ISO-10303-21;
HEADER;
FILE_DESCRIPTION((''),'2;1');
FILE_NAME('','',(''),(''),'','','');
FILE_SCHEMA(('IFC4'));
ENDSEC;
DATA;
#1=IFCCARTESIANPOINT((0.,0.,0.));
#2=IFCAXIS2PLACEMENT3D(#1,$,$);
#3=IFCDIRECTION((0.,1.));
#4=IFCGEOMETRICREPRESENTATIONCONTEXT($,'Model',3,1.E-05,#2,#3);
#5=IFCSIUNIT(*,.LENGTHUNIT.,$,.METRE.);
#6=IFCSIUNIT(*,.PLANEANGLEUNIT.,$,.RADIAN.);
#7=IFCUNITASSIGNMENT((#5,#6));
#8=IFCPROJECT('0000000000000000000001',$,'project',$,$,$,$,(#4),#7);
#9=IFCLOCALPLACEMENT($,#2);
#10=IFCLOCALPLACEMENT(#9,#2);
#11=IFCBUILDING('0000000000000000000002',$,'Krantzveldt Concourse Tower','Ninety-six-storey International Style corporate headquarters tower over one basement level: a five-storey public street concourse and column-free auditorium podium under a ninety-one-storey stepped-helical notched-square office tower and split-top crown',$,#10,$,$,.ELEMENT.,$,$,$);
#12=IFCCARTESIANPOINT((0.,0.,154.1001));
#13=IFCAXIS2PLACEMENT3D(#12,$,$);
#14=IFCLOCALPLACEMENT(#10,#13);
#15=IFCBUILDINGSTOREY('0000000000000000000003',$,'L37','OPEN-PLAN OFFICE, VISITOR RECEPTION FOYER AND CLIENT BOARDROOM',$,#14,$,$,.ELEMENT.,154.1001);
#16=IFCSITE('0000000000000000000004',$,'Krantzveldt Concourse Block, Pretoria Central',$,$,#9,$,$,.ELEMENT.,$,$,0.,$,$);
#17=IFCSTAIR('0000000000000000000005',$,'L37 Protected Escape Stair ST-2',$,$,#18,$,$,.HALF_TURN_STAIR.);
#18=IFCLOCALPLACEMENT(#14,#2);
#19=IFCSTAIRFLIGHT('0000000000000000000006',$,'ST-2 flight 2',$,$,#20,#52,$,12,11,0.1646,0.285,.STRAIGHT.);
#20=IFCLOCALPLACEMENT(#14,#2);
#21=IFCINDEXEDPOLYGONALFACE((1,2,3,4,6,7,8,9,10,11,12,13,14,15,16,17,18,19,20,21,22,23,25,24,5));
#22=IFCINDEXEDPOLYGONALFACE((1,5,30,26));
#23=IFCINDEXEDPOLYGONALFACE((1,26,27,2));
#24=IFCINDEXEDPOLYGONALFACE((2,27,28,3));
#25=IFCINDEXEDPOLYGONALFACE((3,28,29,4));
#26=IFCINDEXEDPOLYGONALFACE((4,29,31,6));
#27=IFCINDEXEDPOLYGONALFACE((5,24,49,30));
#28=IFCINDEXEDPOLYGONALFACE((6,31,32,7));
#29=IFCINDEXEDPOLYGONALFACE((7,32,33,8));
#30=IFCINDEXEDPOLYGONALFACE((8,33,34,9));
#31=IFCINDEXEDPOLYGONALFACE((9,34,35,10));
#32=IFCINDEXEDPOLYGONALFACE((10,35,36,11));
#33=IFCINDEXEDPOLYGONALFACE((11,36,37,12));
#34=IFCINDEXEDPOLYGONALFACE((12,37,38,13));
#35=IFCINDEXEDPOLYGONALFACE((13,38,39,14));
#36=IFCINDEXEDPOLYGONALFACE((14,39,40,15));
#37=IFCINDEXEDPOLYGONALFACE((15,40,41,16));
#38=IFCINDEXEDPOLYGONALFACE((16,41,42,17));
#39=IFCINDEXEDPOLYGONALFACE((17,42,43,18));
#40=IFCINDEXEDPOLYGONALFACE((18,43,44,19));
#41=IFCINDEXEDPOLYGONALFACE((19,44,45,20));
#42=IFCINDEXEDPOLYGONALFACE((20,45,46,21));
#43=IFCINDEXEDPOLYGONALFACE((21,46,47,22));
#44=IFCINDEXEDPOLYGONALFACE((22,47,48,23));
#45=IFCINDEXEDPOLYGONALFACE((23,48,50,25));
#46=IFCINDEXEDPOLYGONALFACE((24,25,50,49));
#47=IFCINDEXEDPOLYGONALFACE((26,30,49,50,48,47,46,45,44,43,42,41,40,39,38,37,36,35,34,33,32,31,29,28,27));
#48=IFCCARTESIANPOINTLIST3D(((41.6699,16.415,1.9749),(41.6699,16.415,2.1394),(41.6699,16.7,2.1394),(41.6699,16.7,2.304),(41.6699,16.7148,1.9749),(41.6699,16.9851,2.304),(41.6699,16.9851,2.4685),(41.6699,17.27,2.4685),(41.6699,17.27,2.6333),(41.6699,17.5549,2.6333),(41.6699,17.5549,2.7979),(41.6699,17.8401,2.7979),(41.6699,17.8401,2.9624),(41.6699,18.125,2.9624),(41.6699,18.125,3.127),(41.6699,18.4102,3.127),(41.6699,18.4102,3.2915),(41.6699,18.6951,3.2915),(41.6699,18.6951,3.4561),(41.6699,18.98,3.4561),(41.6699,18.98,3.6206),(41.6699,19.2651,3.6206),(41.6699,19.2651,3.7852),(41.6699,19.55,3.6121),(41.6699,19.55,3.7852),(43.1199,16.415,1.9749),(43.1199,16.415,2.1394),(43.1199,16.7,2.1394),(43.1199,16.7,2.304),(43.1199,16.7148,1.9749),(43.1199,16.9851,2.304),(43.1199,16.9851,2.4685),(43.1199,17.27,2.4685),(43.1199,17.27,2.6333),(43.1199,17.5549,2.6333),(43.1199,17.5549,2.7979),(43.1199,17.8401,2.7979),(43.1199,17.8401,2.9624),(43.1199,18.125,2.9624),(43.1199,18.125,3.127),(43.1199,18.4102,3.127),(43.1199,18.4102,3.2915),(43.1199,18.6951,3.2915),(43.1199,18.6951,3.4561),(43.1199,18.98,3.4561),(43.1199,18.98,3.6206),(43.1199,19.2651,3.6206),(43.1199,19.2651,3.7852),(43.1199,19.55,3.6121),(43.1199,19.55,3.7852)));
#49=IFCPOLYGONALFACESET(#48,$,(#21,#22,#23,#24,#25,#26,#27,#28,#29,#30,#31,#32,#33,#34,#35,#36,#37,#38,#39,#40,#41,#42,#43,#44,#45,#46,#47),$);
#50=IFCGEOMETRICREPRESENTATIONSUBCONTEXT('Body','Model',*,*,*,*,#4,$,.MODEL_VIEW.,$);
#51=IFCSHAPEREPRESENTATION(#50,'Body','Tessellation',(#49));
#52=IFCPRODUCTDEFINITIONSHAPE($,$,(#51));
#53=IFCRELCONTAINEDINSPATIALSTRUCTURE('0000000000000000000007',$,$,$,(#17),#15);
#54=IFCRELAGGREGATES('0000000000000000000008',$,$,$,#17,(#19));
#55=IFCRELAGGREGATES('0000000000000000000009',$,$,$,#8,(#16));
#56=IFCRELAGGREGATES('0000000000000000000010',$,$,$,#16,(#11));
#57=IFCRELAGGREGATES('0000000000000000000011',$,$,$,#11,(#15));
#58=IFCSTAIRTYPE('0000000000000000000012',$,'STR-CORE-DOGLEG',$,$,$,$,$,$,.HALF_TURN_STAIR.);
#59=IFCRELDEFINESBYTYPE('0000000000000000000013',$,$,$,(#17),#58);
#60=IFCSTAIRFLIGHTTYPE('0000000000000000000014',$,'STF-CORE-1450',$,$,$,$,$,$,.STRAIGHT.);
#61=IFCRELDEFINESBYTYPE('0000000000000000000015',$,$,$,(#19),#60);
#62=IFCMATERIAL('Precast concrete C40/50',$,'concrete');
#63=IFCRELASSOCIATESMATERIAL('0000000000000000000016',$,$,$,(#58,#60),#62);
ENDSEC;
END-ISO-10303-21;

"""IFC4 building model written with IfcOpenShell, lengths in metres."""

from ifc_helpers import new_model, si_unit, direction, frame, origin, place, context, subcontext, project, spatial, polyline, outline, extrude, material, type_object, element, aggregate, save


model = new_model("IFC4")

# Units and contexts
model_context = context("Model", 3, precision=1e-05, world=origin(), true_north=direction((0.0, 1.0)))
body_context = subcontext(model_context, "Body", "Model", "MODEL_VIEW")
ifc_project = project(units=[si_unit("LENGTHUNIT", "METRE"), si_unit("PLANEANGLEUNIT", "RADIAN")], contexts=[model_context])

# Site, building, storey
site_placement = place(None, origin())
site = spatial("IfcSite", under=ifc_project, at=site_placement, Name="Krantzveldt Concourse Block, Pretoria Central", CompositionType="ELEMENT", RefElevation=0.0)
building_placement = place(site_placement, origin())
building = spatial("IfcBuilding", under=site, at=building_placement, Name="Krantzveldt Concourse Tower", Description="Ninety-six-storey International Style corporate headquarters tower over one basement level: a five-storey public street concourse and column-free auditorium podium under a ninety-one-storey stepped-helical notched-square office tower and split-top crown", CompositionType="ELEMENT")
storey_placement = place(building_placement, frame((0.0, 0.0, 154.1001)))
storey = spatial("IfcBuildingStorey", under=building, at=storey_placement, Name="L37", Description="OPEN-PLAN OFFICE, VISITOR RECEPTION FOYER AND CLIENT BOARDROOM", CompositionType="ELEMENT", Elevation=154.1001)

# Stair, stair flight
ifc_material_1 = material(Name="Precast concrete C40/50", Category="concrete")
stair_type = type_object("IfcStairType", Name="STR-CORE-DOGLEG", PredefinedType="HALF_TURN_STAIR", material=ifc_material_1)
stair_placement = place(storey_placement, origin())
stair = element("IfcStair", 1, at=stair_placement, inside=storey, type_object=stair_type, Name="L37 Protected Escape Stair ST-2", PredefinedType="HALF_TURN_STAIR")
stair_flight_type = type_object("IfcStairFlightType", Name="STF-CORE-1450", PredefinedType="STRAIGHT", material=ifc_material_1)
stair_flight_1_placement = place(storey_placement, frame((42.395, 16.415, 1.9749), z_axis=(0.0, 0.0, 1.0), x_axis=(0.0, 1.0, 0.0)))
stair_flight_1 = element("IfcStairFlight", 2, at=stair_flight_1_placement, type_object=stair_flight_type, Name="ST-2 flight 2", NumberOfRisers=12, NumberOfTreads=11, PredefinedType="STRAIGHT", RiserHeight=0.1646, TreadLength=0.285, context=body_context, shape_type="SweptSolid", body=[
    extrude(outline(polyline([(0.0, 0.0), (0.0, 0.1646), (0.2849, 0.1646), (0.2849, 0.3291), (0.5701, 0.3291), (0.5701, 0.4937), (0.855, 0.4937), (0.855, 0.6584), (1.1399, 0.6584), (1.1399, 0.823), (1.425, 0.823), (1.425, 0.9875), (1.71, 0.9875), (1.71, 1.1521), (1.9951, 1.1521), (1.9951, 1.3167), (2.28, 1.3167), (2.28, 1.4812), (2.5649, 1.4812), (2.5649, 1.6458), (2.8501, 1.6458), (2.8501, 1.8103), (3.135, 1.8103), (3.135, 1.9751), (3.135, 1.6372), (0.2998, 0.0), (0.0, 0.0)])), frame((0.0, 0.7251, 0.0), z_axis=(0.0, -1.0, 0.0), x_axis=(1.0, 0.0, 0.0)), (0.0, 0.0, 1.0), 1.45),
])
aggregate(stair, [stair_flight_1])

save(model, "model.ifc")
